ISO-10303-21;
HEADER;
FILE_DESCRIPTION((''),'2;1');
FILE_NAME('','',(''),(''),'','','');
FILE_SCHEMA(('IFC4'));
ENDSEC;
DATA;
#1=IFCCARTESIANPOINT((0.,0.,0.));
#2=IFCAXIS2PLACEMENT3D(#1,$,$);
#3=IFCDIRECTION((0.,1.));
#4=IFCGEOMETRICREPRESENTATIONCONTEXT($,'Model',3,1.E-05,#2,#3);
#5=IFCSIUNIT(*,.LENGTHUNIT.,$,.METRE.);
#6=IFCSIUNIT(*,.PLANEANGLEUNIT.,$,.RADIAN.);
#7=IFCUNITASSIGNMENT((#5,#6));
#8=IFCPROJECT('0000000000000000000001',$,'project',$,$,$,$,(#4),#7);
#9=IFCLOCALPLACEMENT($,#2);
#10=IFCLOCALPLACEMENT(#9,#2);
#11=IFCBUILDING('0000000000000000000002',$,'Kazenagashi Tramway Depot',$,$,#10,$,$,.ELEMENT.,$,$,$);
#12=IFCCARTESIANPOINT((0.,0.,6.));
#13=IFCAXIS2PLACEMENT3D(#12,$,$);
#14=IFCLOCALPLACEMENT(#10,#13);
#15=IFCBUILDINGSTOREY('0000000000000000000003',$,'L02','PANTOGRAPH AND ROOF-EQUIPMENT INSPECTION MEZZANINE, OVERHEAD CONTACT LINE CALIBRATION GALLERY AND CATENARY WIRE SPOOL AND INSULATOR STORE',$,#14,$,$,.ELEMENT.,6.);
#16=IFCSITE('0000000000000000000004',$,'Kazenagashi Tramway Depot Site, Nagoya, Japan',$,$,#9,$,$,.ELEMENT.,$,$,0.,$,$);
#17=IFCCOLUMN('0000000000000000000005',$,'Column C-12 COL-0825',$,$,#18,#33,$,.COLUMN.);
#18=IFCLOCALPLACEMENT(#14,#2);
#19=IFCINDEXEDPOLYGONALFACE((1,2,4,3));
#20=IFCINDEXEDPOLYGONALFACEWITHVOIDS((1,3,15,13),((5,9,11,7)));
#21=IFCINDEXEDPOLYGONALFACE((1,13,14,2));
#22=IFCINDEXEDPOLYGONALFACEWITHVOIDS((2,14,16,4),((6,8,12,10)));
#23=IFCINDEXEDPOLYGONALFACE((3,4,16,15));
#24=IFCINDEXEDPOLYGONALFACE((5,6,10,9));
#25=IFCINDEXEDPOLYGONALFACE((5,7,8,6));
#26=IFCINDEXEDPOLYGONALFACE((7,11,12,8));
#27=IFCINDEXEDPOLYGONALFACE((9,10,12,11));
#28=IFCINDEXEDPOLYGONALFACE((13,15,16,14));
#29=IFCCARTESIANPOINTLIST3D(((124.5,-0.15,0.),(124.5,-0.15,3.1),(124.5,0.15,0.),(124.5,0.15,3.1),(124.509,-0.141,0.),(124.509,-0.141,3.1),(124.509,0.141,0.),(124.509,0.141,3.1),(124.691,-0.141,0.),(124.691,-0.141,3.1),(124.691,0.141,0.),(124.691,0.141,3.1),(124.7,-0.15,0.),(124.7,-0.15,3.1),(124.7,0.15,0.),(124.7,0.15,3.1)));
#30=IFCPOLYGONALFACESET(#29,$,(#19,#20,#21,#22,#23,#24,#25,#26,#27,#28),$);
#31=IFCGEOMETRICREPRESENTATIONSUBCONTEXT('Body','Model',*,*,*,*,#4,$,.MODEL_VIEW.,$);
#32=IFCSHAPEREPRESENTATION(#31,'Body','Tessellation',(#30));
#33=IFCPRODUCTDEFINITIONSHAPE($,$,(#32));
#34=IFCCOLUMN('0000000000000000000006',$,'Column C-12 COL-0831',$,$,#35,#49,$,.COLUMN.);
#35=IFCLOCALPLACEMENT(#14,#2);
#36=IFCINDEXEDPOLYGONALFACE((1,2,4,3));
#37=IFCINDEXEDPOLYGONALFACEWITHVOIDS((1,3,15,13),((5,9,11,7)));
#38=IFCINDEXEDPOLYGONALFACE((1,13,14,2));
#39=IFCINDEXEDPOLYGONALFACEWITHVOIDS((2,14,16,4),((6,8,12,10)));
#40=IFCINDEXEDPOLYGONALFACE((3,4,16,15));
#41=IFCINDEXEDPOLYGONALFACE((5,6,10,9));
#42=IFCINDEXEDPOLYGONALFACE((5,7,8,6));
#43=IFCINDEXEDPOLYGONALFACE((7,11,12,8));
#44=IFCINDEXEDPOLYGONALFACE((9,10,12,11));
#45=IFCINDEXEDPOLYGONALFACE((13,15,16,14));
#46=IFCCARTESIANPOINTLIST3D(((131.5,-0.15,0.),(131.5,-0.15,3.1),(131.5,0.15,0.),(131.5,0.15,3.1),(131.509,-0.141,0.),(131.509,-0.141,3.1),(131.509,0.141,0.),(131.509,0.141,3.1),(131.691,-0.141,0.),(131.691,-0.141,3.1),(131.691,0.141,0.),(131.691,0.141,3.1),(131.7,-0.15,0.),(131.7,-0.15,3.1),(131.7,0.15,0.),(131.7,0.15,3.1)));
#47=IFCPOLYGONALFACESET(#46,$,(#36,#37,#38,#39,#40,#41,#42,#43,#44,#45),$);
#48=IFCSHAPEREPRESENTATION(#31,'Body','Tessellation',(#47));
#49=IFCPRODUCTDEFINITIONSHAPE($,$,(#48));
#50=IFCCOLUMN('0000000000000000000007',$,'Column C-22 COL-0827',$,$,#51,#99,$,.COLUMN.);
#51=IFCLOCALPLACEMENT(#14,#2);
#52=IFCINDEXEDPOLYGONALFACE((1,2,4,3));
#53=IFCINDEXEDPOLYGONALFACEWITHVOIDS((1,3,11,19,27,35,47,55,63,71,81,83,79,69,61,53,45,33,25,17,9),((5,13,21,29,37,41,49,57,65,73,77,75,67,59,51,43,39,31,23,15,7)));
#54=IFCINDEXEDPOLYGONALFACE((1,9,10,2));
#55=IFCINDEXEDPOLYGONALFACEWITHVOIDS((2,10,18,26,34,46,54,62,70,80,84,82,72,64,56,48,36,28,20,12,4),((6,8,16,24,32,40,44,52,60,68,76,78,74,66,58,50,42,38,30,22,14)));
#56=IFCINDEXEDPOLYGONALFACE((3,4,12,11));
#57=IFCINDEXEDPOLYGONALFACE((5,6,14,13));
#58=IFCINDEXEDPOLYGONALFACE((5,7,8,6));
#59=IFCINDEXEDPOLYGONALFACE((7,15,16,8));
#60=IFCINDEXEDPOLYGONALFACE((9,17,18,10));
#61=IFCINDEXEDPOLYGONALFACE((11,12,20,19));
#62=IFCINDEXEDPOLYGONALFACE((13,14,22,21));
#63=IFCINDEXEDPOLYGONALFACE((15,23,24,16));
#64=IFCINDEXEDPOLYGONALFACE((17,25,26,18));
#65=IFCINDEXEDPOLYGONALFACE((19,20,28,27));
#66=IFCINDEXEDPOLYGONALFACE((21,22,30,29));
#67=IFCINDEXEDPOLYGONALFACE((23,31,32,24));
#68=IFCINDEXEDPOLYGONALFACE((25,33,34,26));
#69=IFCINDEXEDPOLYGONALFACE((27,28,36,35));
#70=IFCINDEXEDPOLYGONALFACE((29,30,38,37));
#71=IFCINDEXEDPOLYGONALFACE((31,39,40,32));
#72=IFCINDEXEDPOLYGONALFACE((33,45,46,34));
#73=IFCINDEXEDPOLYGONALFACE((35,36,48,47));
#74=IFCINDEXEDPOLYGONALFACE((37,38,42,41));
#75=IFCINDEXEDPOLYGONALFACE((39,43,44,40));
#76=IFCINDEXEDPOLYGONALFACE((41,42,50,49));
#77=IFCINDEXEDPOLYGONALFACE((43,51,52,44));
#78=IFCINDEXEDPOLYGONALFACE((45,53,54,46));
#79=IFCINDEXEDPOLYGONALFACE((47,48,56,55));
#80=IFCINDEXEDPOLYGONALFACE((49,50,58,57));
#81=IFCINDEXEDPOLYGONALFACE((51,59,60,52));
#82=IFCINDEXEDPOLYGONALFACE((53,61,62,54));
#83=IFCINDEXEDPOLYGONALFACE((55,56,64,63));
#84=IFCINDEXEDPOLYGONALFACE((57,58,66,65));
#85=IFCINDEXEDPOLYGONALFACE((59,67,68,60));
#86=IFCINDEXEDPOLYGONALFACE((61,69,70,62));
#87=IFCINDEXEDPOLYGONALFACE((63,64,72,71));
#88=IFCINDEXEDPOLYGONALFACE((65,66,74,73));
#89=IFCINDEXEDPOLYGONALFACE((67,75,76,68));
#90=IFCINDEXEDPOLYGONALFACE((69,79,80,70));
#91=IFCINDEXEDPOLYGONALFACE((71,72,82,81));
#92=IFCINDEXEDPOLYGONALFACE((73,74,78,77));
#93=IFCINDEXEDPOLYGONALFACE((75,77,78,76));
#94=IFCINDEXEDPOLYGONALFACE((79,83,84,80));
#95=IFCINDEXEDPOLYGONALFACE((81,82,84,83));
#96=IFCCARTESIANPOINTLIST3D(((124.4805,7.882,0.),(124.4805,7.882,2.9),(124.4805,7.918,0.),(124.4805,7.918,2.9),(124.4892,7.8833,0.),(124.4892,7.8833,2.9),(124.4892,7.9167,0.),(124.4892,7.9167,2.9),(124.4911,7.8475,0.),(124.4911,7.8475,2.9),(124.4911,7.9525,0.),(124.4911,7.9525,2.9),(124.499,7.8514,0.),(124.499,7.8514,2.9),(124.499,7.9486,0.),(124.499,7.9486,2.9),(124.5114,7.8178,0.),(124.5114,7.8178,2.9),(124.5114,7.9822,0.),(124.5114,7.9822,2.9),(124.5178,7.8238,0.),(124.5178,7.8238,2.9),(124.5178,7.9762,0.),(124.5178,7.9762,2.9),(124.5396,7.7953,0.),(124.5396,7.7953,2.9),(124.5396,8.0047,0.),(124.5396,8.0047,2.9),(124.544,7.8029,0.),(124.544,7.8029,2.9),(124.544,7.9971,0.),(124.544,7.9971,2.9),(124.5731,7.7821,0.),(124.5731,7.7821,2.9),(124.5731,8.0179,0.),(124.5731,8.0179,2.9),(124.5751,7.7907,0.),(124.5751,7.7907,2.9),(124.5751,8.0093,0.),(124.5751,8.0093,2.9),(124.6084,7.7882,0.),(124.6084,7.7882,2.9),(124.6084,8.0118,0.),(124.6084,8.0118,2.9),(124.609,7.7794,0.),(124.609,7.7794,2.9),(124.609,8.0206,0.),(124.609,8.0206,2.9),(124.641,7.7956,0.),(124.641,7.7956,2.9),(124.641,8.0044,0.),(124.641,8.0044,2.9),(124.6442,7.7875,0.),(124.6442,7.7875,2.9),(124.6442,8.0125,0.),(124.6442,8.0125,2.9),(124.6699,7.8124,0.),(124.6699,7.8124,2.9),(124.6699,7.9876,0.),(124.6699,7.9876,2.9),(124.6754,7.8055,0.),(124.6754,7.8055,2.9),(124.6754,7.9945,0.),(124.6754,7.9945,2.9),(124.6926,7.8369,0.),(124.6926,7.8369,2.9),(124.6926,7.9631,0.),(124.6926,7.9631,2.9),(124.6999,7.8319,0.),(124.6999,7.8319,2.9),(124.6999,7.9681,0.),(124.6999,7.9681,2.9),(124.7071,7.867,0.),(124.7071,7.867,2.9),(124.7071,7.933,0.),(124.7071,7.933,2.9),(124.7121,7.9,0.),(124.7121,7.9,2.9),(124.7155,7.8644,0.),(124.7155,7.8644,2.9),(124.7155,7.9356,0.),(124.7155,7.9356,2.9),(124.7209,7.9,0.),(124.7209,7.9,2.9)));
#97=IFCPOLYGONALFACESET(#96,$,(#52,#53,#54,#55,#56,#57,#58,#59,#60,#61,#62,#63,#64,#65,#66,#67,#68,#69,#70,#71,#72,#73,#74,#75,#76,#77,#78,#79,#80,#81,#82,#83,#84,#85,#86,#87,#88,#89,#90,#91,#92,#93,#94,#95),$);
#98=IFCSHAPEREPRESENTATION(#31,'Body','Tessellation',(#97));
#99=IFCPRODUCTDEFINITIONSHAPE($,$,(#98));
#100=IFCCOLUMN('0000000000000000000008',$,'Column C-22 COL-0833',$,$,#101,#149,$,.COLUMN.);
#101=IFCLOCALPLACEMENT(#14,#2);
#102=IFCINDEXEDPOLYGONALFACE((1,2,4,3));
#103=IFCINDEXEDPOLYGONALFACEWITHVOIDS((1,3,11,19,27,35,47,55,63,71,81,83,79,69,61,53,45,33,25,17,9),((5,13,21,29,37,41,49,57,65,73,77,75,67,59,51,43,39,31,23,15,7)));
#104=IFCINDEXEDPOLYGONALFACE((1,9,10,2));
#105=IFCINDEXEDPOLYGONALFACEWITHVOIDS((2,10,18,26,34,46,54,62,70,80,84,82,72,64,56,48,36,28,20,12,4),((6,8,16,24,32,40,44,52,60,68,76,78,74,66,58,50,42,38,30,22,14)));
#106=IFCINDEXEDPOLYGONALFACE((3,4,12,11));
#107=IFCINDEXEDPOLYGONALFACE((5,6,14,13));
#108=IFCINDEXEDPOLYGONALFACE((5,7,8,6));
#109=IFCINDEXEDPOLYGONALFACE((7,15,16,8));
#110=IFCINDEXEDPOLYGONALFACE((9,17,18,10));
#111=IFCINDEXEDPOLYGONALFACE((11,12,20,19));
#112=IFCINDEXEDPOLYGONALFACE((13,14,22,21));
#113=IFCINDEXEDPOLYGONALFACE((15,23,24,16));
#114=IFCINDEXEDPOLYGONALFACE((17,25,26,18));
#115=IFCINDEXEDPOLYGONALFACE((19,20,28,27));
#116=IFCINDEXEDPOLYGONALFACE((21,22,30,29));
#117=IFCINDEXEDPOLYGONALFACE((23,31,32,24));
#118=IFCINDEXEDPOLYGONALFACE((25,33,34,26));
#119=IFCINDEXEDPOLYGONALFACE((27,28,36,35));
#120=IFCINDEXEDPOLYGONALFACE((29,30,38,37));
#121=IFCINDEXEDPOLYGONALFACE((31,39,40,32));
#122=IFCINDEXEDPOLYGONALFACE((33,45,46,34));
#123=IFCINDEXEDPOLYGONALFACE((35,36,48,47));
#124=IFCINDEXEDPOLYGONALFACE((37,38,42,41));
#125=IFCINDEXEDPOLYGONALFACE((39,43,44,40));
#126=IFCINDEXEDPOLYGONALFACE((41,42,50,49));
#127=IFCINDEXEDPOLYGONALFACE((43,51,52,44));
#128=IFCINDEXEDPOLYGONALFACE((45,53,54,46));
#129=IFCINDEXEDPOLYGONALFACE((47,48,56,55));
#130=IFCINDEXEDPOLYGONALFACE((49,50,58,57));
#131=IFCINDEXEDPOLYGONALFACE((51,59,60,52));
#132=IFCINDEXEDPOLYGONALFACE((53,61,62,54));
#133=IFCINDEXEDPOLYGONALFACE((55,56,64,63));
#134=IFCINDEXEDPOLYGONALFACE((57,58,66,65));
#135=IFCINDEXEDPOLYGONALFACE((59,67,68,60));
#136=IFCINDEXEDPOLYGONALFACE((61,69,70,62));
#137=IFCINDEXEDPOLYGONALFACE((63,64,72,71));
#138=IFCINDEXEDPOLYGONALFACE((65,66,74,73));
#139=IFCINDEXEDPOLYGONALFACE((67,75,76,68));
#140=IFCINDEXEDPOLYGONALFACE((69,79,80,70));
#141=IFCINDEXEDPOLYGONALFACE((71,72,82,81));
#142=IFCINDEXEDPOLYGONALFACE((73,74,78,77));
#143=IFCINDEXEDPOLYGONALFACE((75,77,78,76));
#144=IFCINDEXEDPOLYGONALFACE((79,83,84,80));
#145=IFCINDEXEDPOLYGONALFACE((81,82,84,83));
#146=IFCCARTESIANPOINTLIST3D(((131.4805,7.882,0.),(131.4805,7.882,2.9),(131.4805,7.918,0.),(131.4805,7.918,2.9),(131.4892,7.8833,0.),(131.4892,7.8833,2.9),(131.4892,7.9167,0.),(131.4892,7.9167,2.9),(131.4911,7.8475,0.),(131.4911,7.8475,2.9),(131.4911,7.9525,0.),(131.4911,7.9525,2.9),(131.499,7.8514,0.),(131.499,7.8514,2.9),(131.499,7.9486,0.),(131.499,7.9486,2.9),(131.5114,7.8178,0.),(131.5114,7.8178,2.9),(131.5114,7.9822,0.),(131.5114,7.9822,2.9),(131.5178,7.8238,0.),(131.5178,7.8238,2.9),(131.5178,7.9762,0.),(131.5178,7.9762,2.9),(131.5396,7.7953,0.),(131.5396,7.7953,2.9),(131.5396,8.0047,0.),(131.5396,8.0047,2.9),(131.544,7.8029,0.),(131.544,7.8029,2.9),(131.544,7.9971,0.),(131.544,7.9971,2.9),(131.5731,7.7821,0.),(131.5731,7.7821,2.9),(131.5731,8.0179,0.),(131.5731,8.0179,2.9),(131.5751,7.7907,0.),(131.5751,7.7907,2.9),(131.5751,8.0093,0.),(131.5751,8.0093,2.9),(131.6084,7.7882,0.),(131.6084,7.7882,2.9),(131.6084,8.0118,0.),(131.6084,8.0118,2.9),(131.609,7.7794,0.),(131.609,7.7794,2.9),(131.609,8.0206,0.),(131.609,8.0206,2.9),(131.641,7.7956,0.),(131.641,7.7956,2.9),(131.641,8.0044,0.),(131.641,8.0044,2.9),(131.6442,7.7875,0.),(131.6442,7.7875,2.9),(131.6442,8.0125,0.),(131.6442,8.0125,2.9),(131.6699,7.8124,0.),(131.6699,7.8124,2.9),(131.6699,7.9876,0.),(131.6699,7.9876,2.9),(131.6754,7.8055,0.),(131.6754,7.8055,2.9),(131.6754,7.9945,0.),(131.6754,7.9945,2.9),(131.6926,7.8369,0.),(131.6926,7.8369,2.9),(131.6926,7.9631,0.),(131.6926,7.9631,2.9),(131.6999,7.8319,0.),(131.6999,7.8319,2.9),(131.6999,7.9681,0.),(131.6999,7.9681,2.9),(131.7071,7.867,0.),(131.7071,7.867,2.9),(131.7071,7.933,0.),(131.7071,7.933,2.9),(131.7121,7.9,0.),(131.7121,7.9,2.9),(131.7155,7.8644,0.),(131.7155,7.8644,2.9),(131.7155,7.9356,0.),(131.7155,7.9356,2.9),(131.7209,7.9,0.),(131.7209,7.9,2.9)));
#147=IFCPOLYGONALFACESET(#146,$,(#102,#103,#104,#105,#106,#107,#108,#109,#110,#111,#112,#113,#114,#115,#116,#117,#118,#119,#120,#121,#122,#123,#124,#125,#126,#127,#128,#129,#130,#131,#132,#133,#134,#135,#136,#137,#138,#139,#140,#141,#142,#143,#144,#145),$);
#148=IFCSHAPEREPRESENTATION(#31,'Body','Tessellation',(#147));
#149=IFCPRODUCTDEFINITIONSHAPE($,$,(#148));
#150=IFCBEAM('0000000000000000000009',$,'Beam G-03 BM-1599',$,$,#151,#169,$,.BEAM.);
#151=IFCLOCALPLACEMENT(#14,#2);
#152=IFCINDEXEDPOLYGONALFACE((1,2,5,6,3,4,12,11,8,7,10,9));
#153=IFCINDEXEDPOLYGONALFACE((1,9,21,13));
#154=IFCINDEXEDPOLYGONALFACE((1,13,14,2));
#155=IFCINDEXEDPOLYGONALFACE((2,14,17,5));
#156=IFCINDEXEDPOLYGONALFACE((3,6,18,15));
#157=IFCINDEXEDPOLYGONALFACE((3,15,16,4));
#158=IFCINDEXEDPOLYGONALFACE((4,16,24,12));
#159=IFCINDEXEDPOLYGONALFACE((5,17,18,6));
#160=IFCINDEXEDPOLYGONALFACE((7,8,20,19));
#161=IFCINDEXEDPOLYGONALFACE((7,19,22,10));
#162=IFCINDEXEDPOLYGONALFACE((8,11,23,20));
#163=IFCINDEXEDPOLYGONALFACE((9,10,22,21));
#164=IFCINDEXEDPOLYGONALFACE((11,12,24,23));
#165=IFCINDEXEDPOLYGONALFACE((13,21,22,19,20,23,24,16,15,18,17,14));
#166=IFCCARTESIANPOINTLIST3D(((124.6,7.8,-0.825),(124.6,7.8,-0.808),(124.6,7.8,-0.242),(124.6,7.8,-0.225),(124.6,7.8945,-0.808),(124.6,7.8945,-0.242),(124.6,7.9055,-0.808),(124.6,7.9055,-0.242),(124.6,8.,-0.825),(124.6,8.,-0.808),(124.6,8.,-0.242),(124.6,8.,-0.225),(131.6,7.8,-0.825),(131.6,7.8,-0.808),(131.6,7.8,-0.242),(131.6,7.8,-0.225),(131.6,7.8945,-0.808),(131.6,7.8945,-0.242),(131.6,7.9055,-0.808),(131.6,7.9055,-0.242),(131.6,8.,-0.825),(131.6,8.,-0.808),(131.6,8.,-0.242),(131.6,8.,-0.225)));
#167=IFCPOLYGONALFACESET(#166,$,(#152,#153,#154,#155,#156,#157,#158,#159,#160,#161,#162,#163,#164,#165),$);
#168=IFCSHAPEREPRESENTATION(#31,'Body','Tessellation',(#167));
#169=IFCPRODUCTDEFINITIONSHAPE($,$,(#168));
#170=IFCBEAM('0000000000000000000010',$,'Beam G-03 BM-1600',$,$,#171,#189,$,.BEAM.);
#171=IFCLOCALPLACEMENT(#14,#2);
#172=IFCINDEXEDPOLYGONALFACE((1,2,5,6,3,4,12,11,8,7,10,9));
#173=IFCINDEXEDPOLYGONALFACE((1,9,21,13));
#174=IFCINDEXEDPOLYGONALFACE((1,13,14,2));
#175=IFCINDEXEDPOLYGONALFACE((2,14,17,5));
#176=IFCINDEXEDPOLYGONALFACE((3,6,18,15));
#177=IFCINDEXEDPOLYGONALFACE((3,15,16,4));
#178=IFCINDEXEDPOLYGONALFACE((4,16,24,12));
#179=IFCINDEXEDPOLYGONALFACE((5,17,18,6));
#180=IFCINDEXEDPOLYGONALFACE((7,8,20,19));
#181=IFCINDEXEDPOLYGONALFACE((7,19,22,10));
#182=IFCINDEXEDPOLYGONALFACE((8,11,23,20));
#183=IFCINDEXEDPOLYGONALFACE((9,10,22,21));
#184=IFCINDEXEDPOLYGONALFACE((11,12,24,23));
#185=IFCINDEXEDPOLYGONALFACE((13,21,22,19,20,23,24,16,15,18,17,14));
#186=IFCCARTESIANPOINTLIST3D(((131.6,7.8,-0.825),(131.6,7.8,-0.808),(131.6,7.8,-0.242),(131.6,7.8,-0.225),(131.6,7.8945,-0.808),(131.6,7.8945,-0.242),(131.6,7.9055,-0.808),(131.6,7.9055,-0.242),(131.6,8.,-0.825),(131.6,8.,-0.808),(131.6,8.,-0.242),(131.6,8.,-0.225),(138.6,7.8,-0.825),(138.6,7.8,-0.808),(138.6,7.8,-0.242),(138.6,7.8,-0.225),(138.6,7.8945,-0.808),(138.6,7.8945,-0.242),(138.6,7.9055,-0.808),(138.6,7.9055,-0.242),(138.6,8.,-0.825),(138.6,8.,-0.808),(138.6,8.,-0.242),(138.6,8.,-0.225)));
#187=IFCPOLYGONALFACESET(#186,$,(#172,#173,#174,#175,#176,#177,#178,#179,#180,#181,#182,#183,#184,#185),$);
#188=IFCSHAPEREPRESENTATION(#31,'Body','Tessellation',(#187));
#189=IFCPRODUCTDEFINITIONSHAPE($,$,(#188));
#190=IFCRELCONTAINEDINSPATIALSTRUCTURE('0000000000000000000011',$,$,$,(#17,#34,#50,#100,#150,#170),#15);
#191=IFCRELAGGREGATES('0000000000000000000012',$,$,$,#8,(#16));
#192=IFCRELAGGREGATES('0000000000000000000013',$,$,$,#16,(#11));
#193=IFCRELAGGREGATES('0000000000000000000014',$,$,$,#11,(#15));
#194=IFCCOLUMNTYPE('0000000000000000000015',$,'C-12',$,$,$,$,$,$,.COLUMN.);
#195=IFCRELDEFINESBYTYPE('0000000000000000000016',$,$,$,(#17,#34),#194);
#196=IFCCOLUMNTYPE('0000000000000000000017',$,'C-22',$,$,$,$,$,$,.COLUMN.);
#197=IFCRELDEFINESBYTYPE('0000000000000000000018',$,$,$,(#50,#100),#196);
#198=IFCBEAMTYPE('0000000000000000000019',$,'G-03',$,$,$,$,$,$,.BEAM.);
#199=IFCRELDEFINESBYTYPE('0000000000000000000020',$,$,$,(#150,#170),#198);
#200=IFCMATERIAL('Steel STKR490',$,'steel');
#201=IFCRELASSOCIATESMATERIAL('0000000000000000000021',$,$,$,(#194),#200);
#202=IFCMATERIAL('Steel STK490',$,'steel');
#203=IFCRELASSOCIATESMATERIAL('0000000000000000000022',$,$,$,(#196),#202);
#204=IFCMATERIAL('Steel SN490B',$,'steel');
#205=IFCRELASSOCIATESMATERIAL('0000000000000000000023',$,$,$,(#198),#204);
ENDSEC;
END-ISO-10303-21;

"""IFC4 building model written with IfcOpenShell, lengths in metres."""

from ifc_helpers import new_model, si_unit, direction, frame, origin, origin_2d, place, context, subcontext, project, spatial, hollow_rectangle, hollow_circle, i_section, extrude, material, material_profile, profile_set, type_object, element, save


model = new_model("IFC4")

# Units and contexts
model_context = context("Model", 3, precision=1e-05, world=origin(), true_north=direction((0.0, 1.0)))
body_context = subcontext(model_context, "Body", "Model", "MODEL_VIEW")
ifc_project = project(units=[si_unit("LENGTHUNIT", "METRE"), si_unit("PLANEANGLEUNIT", "RADIAN")], contexts=[model_context])

# Site, building, storey
site_placement = place(None, origin())
site = spatial("IfcSite", under=ifc_project, at=site_placement, Name="Kazenagashi Tramway Depot Site, Nagoya, Japan", CompositionType="ELEMENT", RefElevation=0.0)
building_placement = place(site_placement, origin())
building = spatial("IfcBuilding", under=site, at=building_placement, Name="Kazenagashi Tramway Depot", CompositionType="ELEMENT")
storey_placement = place(building_placement, frame((0.0, 0.0, 6.0)))
storey = spatial("IfcBuildingStorey", under=building, at=storey_placement, Name="L02", Description="PANTOGRAPH AND ROOF-EQUIPMENT INSPECTION MEZZANINE, OVERHEAD CONTACT LINE CALIBRATION GALLERY AND CATENARY WIRE SPOOL AND INSULATOR STORE", CompositionType="ELEMENT", Elevation=6.0)

# Columns
ifc_material_1 = material(Name="Steel STKR490", Category="steel")
ifc_material_profile_1 = material_profile(ifc_material_1, hollow_rectangle(XDim=0.2, YDim=0.3, WallThickness=0.009, at=origin_2d()), Name="RHS-300x200x9")
ifc_profile_set_1 = profile_set([ifc_material_profile_1], Name="Steel STKR490")
column_type_1 = type_object("IfcColumnType", Name="C-12", PredefinedType="COLUMN", material=ifc_profile_set_1)
for number, where, z_axis, x_axis, name in (
    (1, (124.6, 0.0, 0.0), (0.0, 0.0, 1.0), (1.0, 0.0, 0.0), "Column C-12 COL-0825"),
    (2, (131.6, 0.0, 0.0), (0.0, 0.0, 1.0), (1.0, 0.0, 0.0), "Column C-12 COL-0831"),
):
    element("IfcColumn", number, at=place(storey_placement, frame(where, z_axis=z_axis, x_axis=x_axis)), inside=storey, type_object=column_type_1, Name=name, PredefinedType="COLUMN", context=body_context, shape_type="SweptSolid", body=[
        extrude(hollow_rectangle(XDim=0.2, YDim=0.3, WallThickness=0.009, at=origin_2d()), origin(), (0.0, 0.0, 1.0), 3.1),
    ])
ifc_material_2 = material(Name="Steel STK490", Category="steel")
ifc_material_profile_2 = material_profile(ifc_material_2, hollow_circle(Radius=0.1209, WallThickness=0.0088, at=origin_2d()), Name="CHS-241.8x8.8")
ifc_profile_set_2 = profile_set([ifc_material_profile_2], Name="Steel STK490")
column_type_2 = type_object("IfcColumnType", Name="C-22", PredefinedType="COLUMN", material=ifc_profile_set_2)
for number, where, z_axis, x_axis, name in (
    (3, (124.6, 7.9, 0.0), (0.0, 0.0, 1.0), (1.0, 0.0, 0.0), "Column C-22 COL-0827"),
    (4, (131.6, 7.9, 0.0), (0.0, 0.0, 1.0), (1.0, 0.0, 0.0), "Column C-22 COL-0833"),
):
    element("IfcColumn", number, at=place(storey_placement, frame(where, z_axis=z_axis, x_axis=x_axis)), inside=storey, type_object=column_type_2, Name=name, PredefinedType="COLUMN", context=body_context, shape_type="SweptSolid", body=[
        extrude(hollow_circle(Radius=0.1209, WallThickness=0.0088, at=origin_2d()), origin(), (0.0, 0.0, 1.0), 2.9),
    ])

# Beams
ifc_material_3 = material(Name="Steel SN490B", Category="steel")
ifc_material_profile_3 = material_profile(ifc_material_3, i_section(OverallWidth=0.2, OverallDepth=0.6, WebThickness=0.011, FlangeThickness=0.017, at=origin_2d()), Name="H-600x200x11x17")
ifc_profile_set_3 = profile_set([ifc_material_profile_3], Name="Steel SN490B")
beam_type_1 = type_object("IfcBeamType", Name="G-03", PredefinedType="BEAM", material=ifc_profile_set_3)
for number, where, z_axis, x_axis, name in (
    (5, (124.6, 7.9, -0.525), (1.0, 0.0, 0.0), (0.0, 1.0, 0.0), "Beam G-03 BM-1599"),
    (6, (131.6, 7.9, -0.525), (1.0, 0.0, 0.0), (0.0, 1.0, 0.0), "Beam G-03 BM-1600"),
):
    element("IfcBeam", number, at=place(storey_placement, frame(where, z_axis=z_axis, x_axis=x_axis)), inside=storey, type_object=beam_type_1, Name=name, PredefinedType="BEAM", context=body_context, shape_type="SweptSolid", body=[
        extrude(i_section(OverallWidth=0.2, OverallDepth=0.6, WebThickness=0.011, FlangeThickness=0.017, at=origin_2d()), origin(), (0.0, 0.0, 1.0), 7.0),
    ])

save(model, "model.ifc")
